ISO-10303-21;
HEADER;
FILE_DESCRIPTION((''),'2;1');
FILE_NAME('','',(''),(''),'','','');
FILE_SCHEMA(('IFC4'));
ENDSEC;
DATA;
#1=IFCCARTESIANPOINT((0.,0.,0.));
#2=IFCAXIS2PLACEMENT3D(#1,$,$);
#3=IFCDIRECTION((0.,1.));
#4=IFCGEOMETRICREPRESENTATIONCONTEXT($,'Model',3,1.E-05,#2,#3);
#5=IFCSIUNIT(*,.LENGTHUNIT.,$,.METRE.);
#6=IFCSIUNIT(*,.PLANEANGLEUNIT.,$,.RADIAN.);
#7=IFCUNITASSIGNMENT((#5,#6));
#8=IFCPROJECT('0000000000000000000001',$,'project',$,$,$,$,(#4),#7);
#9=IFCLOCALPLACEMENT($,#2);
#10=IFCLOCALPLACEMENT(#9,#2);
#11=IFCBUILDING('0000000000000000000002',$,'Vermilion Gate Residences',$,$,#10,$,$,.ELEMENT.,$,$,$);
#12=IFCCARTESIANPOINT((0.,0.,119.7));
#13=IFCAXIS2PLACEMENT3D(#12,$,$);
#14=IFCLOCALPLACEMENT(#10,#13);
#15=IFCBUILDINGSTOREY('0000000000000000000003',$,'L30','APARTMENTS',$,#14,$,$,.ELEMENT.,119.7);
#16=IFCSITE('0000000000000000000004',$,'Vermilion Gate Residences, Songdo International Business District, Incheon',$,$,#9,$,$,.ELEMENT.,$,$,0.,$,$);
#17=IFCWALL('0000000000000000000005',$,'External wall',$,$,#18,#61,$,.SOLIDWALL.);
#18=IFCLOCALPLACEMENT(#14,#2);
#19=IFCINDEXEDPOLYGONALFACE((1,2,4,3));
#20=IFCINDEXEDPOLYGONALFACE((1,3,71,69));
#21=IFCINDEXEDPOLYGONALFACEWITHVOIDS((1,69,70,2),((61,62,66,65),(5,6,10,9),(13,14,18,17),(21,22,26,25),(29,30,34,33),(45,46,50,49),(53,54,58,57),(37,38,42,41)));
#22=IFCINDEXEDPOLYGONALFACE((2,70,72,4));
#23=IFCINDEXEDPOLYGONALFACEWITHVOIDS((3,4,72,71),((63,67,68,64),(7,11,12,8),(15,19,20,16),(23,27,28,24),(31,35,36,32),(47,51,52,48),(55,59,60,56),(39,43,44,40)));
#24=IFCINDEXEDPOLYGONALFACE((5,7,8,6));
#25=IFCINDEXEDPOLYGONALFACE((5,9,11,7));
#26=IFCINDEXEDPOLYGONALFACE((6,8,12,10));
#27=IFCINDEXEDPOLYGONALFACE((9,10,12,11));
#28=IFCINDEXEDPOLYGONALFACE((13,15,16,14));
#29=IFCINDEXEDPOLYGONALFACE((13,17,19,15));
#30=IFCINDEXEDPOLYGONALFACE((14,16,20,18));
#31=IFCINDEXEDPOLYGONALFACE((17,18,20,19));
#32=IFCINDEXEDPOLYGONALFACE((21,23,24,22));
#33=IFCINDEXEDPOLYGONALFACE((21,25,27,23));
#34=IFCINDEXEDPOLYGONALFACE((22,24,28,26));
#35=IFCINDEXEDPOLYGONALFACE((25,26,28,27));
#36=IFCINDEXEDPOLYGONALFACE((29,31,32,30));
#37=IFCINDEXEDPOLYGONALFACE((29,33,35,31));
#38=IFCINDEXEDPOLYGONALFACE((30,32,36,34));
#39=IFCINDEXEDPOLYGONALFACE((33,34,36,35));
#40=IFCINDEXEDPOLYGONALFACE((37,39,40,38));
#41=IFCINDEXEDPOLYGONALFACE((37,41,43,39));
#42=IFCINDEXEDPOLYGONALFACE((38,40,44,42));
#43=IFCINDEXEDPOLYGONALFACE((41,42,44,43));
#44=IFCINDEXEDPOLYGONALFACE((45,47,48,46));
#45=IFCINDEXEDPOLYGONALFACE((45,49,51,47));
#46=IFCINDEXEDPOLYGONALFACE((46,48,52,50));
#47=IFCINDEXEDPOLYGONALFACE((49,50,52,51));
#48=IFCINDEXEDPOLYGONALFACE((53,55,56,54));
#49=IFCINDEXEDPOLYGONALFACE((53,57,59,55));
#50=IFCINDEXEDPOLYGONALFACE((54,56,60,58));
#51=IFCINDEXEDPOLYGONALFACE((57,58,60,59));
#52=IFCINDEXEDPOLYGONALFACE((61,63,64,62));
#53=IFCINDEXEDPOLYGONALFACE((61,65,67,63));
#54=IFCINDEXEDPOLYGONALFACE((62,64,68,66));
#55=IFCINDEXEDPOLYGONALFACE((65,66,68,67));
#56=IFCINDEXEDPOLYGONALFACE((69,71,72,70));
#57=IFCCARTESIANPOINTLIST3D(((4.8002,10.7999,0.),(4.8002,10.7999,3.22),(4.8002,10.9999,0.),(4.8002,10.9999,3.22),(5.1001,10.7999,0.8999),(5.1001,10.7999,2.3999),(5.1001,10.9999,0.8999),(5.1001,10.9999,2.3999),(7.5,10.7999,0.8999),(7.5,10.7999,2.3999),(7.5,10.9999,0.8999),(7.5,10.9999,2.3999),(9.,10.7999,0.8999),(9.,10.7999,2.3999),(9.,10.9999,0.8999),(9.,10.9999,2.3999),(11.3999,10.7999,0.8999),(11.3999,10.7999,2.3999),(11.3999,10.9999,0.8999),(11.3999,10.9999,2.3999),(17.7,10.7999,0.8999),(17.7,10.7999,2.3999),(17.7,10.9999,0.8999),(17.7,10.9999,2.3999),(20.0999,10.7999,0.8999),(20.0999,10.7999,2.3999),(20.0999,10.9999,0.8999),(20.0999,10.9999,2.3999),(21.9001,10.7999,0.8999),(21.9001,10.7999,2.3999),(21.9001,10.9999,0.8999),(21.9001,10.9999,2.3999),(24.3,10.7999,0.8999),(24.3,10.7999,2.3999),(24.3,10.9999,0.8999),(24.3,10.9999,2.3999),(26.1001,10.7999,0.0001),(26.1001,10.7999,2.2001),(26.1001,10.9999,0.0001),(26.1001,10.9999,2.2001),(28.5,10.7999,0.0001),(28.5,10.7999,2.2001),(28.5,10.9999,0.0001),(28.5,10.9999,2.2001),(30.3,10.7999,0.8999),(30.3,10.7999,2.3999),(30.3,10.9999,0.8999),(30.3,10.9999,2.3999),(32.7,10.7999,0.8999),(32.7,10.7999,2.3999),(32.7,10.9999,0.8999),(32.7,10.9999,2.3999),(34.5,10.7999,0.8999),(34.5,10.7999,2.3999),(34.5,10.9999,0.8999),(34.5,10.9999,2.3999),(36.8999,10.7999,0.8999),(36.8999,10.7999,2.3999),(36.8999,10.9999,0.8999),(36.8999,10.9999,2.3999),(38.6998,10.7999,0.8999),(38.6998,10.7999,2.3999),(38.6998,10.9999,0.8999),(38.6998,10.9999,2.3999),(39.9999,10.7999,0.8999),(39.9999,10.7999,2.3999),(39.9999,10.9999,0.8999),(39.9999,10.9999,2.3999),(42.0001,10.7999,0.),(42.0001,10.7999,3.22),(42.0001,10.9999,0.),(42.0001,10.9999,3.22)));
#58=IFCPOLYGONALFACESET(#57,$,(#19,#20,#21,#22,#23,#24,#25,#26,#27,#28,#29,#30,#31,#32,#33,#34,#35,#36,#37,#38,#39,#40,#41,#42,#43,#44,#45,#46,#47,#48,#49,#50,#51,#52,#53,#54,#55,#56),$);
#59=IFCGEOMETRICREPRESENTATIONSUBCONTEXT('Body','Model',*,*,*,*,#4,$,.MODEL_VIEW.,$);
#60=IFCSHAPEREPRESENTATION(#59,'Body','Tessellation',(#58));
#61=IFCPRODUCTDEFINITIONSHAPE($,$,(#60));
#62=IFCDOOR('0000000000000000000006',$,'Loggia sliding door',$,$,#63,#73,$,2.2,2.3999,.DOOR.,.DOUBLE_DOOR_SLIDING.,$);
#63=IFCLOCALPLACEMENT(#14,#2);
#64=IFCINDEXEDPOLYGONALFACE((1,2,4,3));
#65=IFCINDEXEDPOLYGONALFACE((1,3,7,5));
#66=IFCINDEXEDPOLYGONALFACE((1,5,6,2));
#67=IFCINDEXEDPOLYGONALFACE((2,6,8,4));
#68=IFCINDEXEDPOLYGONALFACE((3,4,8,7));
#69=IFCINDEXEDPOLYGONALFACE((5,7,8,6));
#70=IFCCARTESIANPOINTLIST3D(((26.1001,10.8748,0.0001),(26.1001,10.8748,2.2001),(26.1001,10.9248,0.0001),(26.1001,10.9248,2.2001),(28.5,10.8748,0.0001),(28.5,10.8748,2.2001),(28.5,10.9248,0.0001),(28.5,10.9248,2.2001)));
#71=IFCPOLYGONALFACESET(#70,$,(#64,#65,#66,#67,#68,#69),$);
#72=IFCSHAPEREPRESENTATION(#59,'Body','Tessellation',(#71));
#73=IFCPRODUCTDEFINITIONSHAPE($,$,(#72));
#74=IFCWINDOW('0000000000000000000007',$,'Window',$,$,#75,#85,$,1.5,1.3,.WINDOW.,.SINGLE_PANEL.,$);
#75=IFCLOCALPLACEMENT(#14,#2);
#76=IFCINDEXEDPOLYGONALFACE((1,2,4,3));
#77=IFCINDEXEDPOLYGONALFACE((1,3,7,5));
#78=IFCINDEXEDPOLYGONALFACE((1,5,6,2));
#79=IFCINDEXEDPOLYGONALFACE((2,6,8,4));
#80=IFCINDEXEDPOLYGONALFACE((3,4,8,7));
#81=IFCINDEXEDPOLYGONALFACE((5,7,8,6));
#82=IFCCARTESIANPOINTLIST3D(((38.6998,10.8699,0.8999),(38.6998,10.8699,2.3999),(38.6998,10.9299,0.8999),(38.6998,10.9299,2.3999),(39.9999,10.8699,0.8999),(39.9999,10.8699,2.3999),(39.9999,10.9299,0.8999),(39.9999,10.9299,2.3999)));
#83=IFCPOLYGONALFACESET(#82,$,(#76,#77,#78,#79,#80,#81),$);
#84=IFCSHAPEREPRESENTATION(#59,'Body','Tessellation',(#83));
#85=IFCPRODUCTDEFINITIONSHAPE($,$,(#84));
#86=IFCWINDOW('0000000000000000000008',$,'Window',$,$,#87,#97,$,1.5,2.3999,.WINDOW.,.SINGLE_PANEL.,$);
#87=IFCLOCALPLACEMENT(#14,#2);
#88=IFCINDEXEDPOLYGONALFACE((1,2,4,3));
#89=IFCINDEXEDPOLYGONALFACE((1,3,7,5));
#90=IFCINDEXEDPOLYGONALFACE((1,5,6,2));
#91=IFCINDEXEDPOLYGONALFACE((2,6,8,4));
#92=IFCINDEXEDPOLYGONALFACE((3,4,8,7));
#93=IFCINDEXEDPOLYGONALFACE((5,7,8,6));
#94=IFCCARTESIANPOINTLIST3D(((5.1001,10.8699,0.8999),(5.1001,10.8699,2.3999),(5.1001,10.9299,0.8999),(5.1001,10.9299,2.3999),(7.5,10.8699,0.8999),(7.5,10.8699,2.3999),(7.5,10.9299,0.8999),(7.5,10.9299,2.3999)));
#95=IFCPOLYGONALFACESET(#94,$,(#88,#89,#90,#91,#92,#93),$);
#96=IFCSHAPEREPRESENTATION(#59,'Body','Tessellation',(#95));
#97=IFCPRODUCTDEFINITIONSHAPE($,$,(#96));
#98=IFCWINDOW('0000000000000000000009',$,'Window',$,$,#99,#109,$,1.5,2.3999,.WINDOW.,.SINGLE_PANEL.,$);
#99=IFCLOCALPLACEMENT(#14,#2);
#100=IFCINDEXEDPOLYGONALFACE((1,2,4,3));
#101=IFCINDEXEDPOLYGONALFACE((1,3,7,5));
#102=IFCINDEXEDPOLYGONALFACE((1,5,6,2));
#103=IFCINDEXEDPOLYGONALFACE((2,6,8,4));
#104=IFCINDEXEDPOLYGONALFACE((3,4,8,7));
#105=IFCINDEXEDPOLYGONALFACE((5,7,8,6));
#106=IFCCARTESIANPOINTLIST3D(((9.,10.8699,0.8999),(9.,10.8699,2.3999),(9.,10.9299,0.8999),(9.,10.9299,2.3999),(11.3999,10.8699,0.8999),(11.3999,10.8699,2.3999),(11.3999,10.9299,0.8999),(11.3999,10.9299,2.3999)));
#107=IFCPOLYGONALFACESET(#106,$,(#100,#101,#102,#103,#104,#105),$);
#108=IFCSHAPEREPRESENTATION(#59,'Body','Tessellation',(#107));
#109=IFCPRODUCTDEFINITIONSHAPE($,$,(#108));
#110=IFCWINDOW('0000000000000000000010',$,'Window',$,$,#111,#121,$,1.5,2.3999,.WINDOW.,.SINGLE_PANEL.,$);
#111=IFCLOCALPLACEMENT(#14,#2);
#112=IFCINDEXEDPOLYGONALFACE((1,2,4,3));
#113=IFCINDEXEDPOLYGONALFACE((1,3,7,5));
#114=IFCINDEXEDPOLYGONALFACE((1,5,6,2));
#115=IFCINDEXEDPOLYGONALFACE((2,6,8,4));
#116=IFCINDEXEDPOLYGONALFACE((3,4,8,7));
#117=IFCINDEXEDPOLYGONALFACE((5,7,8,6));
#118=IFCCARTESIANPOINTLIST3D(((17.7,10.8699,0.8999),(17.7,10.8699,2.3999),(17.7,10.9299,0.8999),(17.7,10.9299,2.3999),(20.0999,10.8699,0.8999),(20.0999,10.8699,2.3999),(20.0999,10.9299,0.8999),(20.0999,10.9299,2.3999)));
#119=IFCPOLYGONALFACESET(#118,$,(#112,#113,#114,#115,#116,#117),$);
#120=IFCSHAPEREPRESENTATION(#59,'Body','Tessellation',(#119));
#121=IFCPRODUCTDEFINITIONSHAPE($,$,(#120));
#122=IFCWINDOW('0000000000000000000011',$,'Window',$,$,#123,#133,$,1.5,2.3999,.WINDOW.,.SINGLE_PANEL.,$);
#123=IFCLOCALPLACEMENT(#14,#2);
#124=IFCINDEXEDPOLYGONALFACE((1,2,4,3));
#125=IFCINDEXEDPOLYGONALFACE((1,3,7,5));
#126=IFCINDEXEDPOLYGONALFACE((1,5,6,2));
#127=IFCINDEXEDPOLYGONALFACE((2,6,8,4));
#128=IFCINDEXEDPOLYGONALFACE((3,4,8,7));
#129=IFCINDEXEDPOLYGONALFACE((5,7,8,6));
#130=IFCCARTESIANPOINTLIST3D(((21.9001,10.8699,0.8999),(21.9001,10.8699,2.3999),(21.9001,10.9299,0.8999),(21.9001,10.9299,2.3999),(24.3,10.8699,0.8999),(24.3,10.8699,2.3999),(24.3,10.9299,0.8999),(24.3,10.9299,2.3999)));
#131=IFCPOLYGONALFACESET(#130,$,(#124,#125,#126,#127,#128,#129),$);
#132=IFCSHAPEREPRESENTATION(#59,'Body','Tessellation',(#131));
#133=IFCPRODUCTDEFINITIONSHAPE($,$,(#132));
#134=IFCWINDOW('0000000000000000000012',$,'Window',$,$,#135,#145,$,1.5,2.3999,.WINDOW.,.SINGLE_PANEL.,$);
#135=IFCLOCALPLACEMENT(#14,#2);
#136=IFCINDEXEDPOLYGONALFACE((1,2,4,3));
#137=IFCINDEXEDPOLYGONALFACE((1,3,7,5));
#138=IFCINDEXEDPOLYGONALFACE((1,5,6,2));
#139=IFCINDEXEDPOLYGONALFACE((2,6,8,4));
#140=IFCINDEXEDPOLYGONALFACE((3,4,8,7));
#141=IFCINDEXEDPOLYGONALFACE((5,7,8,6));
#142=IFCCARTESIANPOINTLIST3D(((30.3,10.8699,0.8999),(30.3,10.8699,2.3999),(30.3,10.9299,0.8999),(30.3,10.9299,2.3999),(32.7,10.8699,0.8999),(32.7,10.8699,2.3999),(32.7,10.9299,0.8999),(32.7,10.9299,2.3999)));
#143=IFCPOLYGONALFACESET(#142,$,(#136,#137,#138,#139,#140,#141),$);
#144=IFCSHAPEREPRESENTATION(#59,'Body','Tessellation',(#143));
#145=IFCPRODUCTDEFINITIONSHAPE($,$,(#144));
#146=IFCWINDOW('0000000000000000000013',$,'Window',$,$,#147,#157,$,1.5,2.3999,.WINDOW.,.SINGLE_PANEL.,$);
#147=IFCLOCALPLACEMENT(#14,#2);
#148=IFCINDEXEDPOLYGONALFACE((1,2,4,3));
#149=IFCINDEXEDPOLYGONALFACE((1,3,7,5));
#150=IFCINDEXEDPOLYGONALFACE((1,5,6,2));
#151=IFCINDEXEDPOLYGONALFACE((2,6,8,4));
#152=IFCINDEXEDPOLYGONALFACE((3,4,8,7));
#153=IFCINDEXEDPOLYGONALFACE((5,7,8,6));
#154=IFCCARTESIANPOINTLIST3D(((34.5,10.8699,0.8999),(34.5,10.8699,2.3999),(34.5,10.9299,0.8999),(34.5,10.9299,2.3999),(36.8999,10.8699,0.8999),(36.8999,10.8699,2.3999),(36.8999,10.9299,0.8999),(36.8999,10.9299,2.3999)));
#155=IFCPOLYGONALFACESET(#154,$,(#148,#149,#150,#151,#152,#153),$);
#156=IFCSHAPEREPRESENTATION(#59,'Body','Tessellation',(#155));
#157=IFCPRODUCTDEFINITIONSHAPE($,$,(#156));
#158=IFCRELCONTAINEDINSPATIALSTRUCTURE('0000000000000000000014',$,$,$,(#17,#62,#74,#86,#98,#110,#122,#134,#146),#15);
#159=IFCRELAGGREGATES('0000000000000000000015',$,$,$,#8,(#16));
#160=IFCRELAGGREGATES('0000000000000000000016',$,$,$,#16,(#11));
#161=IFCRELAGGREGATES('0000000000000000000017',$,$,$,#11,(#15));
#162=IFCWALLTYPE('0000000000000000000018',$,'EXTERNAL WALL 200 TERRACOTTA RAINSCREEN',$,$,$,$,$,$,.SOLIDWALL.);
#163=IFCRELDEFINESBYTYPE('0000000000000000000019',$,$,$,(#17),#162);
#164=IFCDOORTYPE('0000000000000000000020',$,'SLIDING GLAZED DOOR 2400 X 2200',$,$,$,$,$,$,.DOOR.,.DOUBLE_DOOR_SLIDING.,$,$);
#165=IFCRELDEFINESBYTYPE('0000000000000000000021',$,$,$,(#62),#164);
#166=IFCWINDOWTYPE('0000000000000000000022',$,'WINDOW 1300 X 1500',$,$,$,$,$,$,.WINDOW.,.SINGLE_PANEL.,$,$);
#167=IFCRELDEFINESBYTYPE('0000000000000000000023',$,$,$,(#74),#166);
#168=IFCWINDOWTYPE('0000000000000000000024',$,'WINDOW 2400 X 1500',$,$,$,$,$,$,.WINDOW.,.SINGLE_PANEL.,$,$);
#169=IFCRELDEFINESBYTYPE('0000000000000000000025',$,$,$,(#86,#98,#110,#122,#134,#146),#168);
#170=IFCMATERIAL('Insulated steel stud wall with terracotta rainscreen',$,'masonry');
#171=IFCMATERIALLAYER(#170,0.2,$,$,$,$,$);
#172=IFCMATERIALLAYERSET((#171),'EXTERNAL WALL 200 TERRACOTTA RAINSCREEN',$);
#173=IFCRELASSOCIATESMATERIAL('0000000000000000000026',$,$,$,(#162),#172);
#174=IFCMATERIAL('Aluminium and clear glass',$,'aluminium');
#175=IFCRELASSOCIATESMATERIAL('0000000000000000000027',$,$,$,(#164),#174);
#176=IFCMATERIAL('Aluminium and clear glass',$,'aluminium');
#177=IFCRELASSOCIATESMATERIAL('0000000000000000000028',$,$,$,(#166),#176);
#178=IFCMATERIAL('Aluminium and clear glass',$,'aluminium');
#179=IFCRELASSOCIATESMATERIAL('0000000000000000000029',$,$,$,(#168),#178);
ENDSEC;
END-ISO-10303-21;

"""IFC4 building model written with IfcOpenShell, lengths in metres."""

from ifc_helpers import new_model, si_unit, direction, frame, frame_2d, origin, place, context, subcontext, project, spatial, rectangle, extrude, material, layer, layer_set, type_object, element, fill, save


model = new_model("IFC4")

# Units and contexts
model_context = context("Model", 3, precision=1e-05, world=origin(), true_north=direction((0.0, 1.0)))
body_context = subcontext(model_context, "Body", "Model", "MODEL_VIEW")
ifc_project = project(units=[si_unit("LENGTHUNIT", "METRE"), si_unit("PLANEANGLEUNIT", "RADIAN")], contexts=[model_context])

# Site, building, storey
site_placement = place(None, origin())
site = spatial("IfcSite", under=ifc_project, at=site_placement, Name="Vermilion Gate Residences, Songdo International Business District, Incheon", CompositionType="ELEMENT", RefElevation=0.0)
building_placement = place(site_placement, origin())
building = spatial("IfcBuilding", under=site, at=building_placement, Name="Vermilion Gate Residences", CompositionType="ELEMENT")
storey_placement = place(building_placement, frame((0.0, 0.0, 119.7)))
storey = spatial("IfcBuildingStorey", under=building, at=storey_placement, Name="L30", Description="APARTMENTS", CompositionType="ELEMENT", Elevation=119.7)

# Shared definitions
ifc_material_1 = material(Name="Insulated steel stud wall with terracotta rainscreen", Category="masonry")
ifc_layer_1 = layer(ifc_material_1, 0.2)
ifc_layer_set_1 = layer_set([ifc_layer_1], Name="EXTERNAL WALL 200 TERRACOTTA RAINSCREEN")
wall_type_1 = type_object("IfcWallType", Name="EXTERNAL WALL 200 TERRACOTTA RAINSCREEN", PredefinedType="SOLIDWALL", material=ifc_layer_set_1)

# Wall, openings, door, windows
wall_1_placement = place(storey_placement, frame((4.8, 10.8999, 0.0), z_axis=(0.0, 0.0, 1.0), x_axis=(1.0, 0.0, 0.0)))
wall_1 = element("IfcWall", 1, at=wall_1_placement, inside=storey, type_object=wall_type_1, Name="External wall", PredefinedType="SOLIDWALL", context=body_context, shape_type="SweptSolid", body=[
    extrude(rectangle(XDim=37.2, YDim=0.2, at=frame_2d((18.6001, 0.0))), origin(), (0.0, 0.0, 1.0), 3.22),
])
opening_1_placement = place(wall_1_placement, frame((0.3, 0.0, 0.8999)))
opening_1 = element("IfcOpeningElement", 2, at=opening_1_placement, cuts=wall_1, PredefinedType="OPENING", context=body_context, shape_type="SweptSolid", body=[
    extrude(rectangle(XDim=2.3999, YDim=1.5, at=frame_2d((1.2, 0.75))), frame((0.0, 0.1099, 0.0), z_axis=(0.0, -1.0, 0.0), x_axis=(1.0, 0.0, 0.0)), (0.0, 0.0, 1.0), 0.22),
])
opening_2_placement = place(wall_1_placement, frame((4.2, 0.0, 0.8999)))
opening_2 = element("IfcOpeningElement", 3, at=opening_2_placement, cuts=wall_1, PredefinedType="OPENING", context=body_context, shape_type="SweptSolid", body=[
    extrude(rectangle(XDim=2.3999, YDim=1.5, at=frame_2d((1.2, 0.75))), frame((0.0, 0.1099, 0.0), z_axis=(0.0, -1.0, 0.0), x_axis=(1.0, 0.0, 0.0)), (0.0, 0.0, 1.0), 0.22),
])
opening_3_placement = place(wall_1_placement, frame((12.8999, 0.0, 0.8999)))
opening_3 = element("IfcOpeningElement", 4, at=opening_3_placement, cuts=wall_1, PredefinedType="OPENING", context=body_context, shape_type="SweptSolid", body=[
    extrude(rectangle(XDim=2.3999, YDim=1.5, at=frame_2d((1.2, 0.75))), frame((0.0, 0.1099, 0.0), z_axis=(0.0, -1.0, 0.0), x_axis=(1.0, 0.0, 0.0)), (0.0, 0.0, 1.0), 0.22),
])
opening_4_placement = place(wall_1_placement, frame((17.1001, 0.0, 0.8999)))
opening_4 = element("IfcOpeningElement", 5, at=opening_4_placement, cuts=wall_1, PredefinedType="OPENING", context=body_context, shape_type="SweptSolid", body=[
    extrude(rectangle(XDim=2.3999, YDim=1.5, at=frame_2d((1.2, 0.75))), frame((0.0, 0.1099, 0.0), z_axis=(0.0, -1.0, 0.0), x_axis=(1.0, 0.0, 0.0)), (0.0, 0.0, 1.0), 0.22),
])
opening_5_placement = place(wall_1_placement, frame((21.3, 0.0, 0.0)))
opening_5 = element("IfcOpeningElement", 6, at=opening_5_placement, cuts=wall_1, PredefinedType="OPENING", context=body_context, shape_type="SweptSolid", body=[
    extrude(rectangle(XDim=2.3999, YDim=2.2, at=frame_2d((1.2, 1.1001))), frame((0.0, 0.1099, 0.0), z_axis=(0.0, -1.0, 0.0), x_axis=(1.0, 0.0, 0.0)), (0.0, 0.0, 1.0), 0.22),
])
opening_6_placement = place(wall_1_placement, frame((25.5, 0.0, 0.8999)))
opening_6 = element("IfcOpeningElement", 7, at=opening_6_placement, cuts=wall_1, PredefinedType="OPENING", context=body_context, shape_type="SweptSolid", body=[
    extrude(rectangle(XDim=2.3999, YDim=1.5, at=frame_2d((1.2, 0.75))), frame((0.0, 0.1099, 0.0), z_axis=(0.0, -1.0, 0.0), x_axis=(1.0, 0.0, 0.0)), (0.0, 0.0, 1.0), 0.22),
])
opening_7_placement = place(wall_1_placement, frame((29.7, 0.0, 0.8999)))
opening_7 = element("IfcOpeningElement", 8, at=opening_7_placement, cuts=wall_1, PredefinedType="OPENING", context=body_context, shape_type="SweptSolid", body=[
    extrude(rectangle(XDim=2.3999, YDim=1.5, at=frame_2d((1.2, 0.75))), frame((0.0, 0.1099, 0.0), z_axis=(0.0, -1.0, 0.0), x_axis=(1.0, 0.0, 0.0)), (0.0, 0.0, 1.0), 0.22),
])
opening_8_placement = place(wall_1_placement, frame((33.8999, 0.0, 0.8999)))
opening_8 = element("IfcOpeningElement", 9, at=opening_8_placement, cuts=wall_1, PredefinedType="OPENING", context=body_context, shape_type="SweptSolid", body=[
    extrude(rectangle(XDim=1.3, YDim=1.5, at=frame_2d((0.6499, 0.75))), frame((0.0, 0.1099, 0.0), z_axis=(0.0, -1.0, 0.0), x_axis=(1.0, 0.0, 0.0)), (0.0, 0.0, 1.0), 0.22),
])
ifc_material_2 = material(Name="Aluminium and clear glass", Category="aluminium")
door_type = type_object("IfcDoorType", Name="SLIDING GLAZED DOOR 2400 X 2200", OperationType="DOUBLE_DOOR_SLIDING", PredefinedType="DOOR", material=ifc_material_2)
door_placement = place(opening_5_placement, origin())
door = element("IfcDoor", 10, at=door_placement, inside=storey, type_object=door_type, Name="Loggia sliding door", OperationType="DOUBLE_DOOR_SLIDING", OverallHeight=2.2, OverallWidth=2.3999, PredefinedType="DOOR", context=body_context, shape_type="SweptSolid", body=[
    extrude(rectangle(XDim=2.3999, YDim=2.2, at=frame_2d((1.2, 1.1001))), frame((0.0, 0.0249, 0.0), z_axis=(0.0, -1.0, 0.0), x_axis=(1.0, 0.0, 0.0)), (0.0, 0.0, 1.0), 0.05),
])
fill(opening_5, door)
ifc_material_3 = material(Name="Aluminium and clear glass", Category="aluminium")
window_type_1 = type_object("IfcWindowType", Name="WINDOW 1300 X 1500", PartitioningType="SINGLE_PANEL", PredefinedType="WINDOW", material=ifc_material_3)
window_1_placement = place(opening_8_placement, origin())
window_1 = element("IfcWindow", 11, at=window_1_placement, inside=storey, type_object=window_type_1, Name="Window", OverallHeight=1.5, OverallWidth=1.3, PartitioningType="SINGLE_PANEL", PredefinedType="WINDOW", context=body_context, shape_type="SweptSolid", body=[
    extrude(rectangle(XDim=1.3, YDim=1.5, at=frame_2d((0.6499, 0.75))), frame((0.0, 0.03, 0.0), z_axis=(0.0, -1.0, 0.0), x_axis=(1.0, 0.0, 0.0)), (0.0, 0.0, 1.0), 0.0601),
])
fill(opening_8, window_1)
ifc_material_4 = material(Name="Aluminium and clear glass", Category="aluminium")
window_type_2 = type_object("IfcWindowType", Name="WINDOW 2400 X 1500", PartitioningType="SINGLE_PANEL", PredefinedType="WINDOW", material=ifc_material_4)
window_2_placement = place(opening_1_placement, origin())
window_2 = element("IfcWindow", 12, at=window_2_placement, inside=storey, type_object=window_type_2, Name="Window", OverallHeight=1.5, OverallWidth=2.3999, PartitioningType="SINGLE_PANEL", PredefinedType="WINDOW", context=body_context, shape_type="SweptSolid", body=[
    extrude(rectangle(XDim=2.3999, YDim=1.5, at=frame_2d((1.2, 0.75))), frame((0.0, 0.03, 0.0), z_axis=(0.0, -1.0, 0.0), x_axis=(1.0, 0.0, 0.0)), (0.0, 0.0, 1.0), 0.0601),
])
fill(opening_1, window_2)
window_3_placement = place(opening_2_placement, origin())
window_3 = element("IfcWindow", 13, at=window_3_placement, inside=storey, type_object=window_type_2, Name="Window", OverallHeight=1.5, OverallWidth=2.3999, PartitioningType="SINGLE_PANEL", PredefinedType="WINDOW", context=body_context, shape_type="SweptSolid", body=[
    extrude(rectangle(XDim=2.3999, YDim=1.5, at=frame_2d((1.2, 0.75))), frame((0.0, 0.03, 0.0), z_axis=(0.0, -1.0, 0.0), x_axis=(1.0, 0.0, 0.0)), (0.0, 0.0, 1.0), 0.0601),
])
fill(opening_2, window_3)
window_4_placement = place(opening_3_placement, origin())
window_4 = element("IfcWindow", 14, at=window_4_placement, inside=storey, type_object=window_type_2, Name="Window", OverallHeight=1.5, OverallWidth=2.3999, PartitioningType="SINGLE_PANEL", PredefinedType="WINDOW", context=body_context, shape_type="SweptSolid", body=[
    extrude(rectangle(XDim=2.3999, YDim=1.5, at=frame_2d((1.2, 0.75))), frame((0.0, 0.03, 0.0), z_axis=(0.0, -1.0, 0.0), x_axis=(1.0, 0.0, 0.0)), (0.0, 0.0, 1.0), 0.0601),
])
fill(opening_3, window_4)
window_5_placement = place(opening_4_placement, origin())
window_5 = element("IfcWindow", 15, at=window_5_placement, inside=storey, type_object=window_type_2, Name="Window", OverallHeight=1.5, OverallWidth=2.3999, PartitioningType="SINGLE_PANEL", PredefinedType="WINDOW", context=body_context, shape_type="SweptSolid", body=[
    extrude(rectangle(XDim=2.3999, YDim=1.5, at=frame_2d((1.2, 0.75))), frame((0.0, 0.03, 0.0), z_axis=(0.0, -1.0, 0.0), x_axis=(1.0, 0.0, 0.0)), (0.0, 0.0, 1.0), 0.0601),
])
fill(opening_4, window_5)
window_6_placement = place(opening_6_placement, origin())
window_6 = element("IfcWindow", 16, at=window_6_placement, inside=storey, type_object=window_type_2, Name="Window", OverallHeight=1.5, OverallWidth=2.3999, PartitioningType="SINGLE_PANEL", PredefinedType="WINDOW", context=body_context, shape_type="SweptSolid", body=[
    extrude(rectangle(XDim=2.3999, YDim=1.5, at=frame_2d((1.2, 0.75))), frame((0.0, 0.03, 0.0), z_axis=(0.0, -1.0, 0.0), x_axis=(1.0, 0.0, 0.0)), (0.0, 0.0, 1.0), 0.0601),
])
fill(opening_6, window_6)
window_7_placement = place(opening_7_placement, origin())
window_7 = element("IfcWindow", 17, at=window_7_placement, inside=storey, type_object=window_type_2, Name="Window", OverallHeight=1.5, OverallWidth=2.3999, PartitioningType="SINGLE_PANEL", PredefinedType="WINDOW", context=body_context, shape_type="SweptSolid", body=[
    extrude(rectangle(XDim=2.3999, YDim=1.5, at=frame_2d((1.2, 0.75))), frame((0.0, 0.03, 0.0), z_axis=(0.0, -1.0, 0.0), x_axis=(1.0, 0.0, 0.0)), (0.0, 0.0, 1.0), 0.0601),
])
fill(opening_7, window_7)

save(model, "model.ifc")
